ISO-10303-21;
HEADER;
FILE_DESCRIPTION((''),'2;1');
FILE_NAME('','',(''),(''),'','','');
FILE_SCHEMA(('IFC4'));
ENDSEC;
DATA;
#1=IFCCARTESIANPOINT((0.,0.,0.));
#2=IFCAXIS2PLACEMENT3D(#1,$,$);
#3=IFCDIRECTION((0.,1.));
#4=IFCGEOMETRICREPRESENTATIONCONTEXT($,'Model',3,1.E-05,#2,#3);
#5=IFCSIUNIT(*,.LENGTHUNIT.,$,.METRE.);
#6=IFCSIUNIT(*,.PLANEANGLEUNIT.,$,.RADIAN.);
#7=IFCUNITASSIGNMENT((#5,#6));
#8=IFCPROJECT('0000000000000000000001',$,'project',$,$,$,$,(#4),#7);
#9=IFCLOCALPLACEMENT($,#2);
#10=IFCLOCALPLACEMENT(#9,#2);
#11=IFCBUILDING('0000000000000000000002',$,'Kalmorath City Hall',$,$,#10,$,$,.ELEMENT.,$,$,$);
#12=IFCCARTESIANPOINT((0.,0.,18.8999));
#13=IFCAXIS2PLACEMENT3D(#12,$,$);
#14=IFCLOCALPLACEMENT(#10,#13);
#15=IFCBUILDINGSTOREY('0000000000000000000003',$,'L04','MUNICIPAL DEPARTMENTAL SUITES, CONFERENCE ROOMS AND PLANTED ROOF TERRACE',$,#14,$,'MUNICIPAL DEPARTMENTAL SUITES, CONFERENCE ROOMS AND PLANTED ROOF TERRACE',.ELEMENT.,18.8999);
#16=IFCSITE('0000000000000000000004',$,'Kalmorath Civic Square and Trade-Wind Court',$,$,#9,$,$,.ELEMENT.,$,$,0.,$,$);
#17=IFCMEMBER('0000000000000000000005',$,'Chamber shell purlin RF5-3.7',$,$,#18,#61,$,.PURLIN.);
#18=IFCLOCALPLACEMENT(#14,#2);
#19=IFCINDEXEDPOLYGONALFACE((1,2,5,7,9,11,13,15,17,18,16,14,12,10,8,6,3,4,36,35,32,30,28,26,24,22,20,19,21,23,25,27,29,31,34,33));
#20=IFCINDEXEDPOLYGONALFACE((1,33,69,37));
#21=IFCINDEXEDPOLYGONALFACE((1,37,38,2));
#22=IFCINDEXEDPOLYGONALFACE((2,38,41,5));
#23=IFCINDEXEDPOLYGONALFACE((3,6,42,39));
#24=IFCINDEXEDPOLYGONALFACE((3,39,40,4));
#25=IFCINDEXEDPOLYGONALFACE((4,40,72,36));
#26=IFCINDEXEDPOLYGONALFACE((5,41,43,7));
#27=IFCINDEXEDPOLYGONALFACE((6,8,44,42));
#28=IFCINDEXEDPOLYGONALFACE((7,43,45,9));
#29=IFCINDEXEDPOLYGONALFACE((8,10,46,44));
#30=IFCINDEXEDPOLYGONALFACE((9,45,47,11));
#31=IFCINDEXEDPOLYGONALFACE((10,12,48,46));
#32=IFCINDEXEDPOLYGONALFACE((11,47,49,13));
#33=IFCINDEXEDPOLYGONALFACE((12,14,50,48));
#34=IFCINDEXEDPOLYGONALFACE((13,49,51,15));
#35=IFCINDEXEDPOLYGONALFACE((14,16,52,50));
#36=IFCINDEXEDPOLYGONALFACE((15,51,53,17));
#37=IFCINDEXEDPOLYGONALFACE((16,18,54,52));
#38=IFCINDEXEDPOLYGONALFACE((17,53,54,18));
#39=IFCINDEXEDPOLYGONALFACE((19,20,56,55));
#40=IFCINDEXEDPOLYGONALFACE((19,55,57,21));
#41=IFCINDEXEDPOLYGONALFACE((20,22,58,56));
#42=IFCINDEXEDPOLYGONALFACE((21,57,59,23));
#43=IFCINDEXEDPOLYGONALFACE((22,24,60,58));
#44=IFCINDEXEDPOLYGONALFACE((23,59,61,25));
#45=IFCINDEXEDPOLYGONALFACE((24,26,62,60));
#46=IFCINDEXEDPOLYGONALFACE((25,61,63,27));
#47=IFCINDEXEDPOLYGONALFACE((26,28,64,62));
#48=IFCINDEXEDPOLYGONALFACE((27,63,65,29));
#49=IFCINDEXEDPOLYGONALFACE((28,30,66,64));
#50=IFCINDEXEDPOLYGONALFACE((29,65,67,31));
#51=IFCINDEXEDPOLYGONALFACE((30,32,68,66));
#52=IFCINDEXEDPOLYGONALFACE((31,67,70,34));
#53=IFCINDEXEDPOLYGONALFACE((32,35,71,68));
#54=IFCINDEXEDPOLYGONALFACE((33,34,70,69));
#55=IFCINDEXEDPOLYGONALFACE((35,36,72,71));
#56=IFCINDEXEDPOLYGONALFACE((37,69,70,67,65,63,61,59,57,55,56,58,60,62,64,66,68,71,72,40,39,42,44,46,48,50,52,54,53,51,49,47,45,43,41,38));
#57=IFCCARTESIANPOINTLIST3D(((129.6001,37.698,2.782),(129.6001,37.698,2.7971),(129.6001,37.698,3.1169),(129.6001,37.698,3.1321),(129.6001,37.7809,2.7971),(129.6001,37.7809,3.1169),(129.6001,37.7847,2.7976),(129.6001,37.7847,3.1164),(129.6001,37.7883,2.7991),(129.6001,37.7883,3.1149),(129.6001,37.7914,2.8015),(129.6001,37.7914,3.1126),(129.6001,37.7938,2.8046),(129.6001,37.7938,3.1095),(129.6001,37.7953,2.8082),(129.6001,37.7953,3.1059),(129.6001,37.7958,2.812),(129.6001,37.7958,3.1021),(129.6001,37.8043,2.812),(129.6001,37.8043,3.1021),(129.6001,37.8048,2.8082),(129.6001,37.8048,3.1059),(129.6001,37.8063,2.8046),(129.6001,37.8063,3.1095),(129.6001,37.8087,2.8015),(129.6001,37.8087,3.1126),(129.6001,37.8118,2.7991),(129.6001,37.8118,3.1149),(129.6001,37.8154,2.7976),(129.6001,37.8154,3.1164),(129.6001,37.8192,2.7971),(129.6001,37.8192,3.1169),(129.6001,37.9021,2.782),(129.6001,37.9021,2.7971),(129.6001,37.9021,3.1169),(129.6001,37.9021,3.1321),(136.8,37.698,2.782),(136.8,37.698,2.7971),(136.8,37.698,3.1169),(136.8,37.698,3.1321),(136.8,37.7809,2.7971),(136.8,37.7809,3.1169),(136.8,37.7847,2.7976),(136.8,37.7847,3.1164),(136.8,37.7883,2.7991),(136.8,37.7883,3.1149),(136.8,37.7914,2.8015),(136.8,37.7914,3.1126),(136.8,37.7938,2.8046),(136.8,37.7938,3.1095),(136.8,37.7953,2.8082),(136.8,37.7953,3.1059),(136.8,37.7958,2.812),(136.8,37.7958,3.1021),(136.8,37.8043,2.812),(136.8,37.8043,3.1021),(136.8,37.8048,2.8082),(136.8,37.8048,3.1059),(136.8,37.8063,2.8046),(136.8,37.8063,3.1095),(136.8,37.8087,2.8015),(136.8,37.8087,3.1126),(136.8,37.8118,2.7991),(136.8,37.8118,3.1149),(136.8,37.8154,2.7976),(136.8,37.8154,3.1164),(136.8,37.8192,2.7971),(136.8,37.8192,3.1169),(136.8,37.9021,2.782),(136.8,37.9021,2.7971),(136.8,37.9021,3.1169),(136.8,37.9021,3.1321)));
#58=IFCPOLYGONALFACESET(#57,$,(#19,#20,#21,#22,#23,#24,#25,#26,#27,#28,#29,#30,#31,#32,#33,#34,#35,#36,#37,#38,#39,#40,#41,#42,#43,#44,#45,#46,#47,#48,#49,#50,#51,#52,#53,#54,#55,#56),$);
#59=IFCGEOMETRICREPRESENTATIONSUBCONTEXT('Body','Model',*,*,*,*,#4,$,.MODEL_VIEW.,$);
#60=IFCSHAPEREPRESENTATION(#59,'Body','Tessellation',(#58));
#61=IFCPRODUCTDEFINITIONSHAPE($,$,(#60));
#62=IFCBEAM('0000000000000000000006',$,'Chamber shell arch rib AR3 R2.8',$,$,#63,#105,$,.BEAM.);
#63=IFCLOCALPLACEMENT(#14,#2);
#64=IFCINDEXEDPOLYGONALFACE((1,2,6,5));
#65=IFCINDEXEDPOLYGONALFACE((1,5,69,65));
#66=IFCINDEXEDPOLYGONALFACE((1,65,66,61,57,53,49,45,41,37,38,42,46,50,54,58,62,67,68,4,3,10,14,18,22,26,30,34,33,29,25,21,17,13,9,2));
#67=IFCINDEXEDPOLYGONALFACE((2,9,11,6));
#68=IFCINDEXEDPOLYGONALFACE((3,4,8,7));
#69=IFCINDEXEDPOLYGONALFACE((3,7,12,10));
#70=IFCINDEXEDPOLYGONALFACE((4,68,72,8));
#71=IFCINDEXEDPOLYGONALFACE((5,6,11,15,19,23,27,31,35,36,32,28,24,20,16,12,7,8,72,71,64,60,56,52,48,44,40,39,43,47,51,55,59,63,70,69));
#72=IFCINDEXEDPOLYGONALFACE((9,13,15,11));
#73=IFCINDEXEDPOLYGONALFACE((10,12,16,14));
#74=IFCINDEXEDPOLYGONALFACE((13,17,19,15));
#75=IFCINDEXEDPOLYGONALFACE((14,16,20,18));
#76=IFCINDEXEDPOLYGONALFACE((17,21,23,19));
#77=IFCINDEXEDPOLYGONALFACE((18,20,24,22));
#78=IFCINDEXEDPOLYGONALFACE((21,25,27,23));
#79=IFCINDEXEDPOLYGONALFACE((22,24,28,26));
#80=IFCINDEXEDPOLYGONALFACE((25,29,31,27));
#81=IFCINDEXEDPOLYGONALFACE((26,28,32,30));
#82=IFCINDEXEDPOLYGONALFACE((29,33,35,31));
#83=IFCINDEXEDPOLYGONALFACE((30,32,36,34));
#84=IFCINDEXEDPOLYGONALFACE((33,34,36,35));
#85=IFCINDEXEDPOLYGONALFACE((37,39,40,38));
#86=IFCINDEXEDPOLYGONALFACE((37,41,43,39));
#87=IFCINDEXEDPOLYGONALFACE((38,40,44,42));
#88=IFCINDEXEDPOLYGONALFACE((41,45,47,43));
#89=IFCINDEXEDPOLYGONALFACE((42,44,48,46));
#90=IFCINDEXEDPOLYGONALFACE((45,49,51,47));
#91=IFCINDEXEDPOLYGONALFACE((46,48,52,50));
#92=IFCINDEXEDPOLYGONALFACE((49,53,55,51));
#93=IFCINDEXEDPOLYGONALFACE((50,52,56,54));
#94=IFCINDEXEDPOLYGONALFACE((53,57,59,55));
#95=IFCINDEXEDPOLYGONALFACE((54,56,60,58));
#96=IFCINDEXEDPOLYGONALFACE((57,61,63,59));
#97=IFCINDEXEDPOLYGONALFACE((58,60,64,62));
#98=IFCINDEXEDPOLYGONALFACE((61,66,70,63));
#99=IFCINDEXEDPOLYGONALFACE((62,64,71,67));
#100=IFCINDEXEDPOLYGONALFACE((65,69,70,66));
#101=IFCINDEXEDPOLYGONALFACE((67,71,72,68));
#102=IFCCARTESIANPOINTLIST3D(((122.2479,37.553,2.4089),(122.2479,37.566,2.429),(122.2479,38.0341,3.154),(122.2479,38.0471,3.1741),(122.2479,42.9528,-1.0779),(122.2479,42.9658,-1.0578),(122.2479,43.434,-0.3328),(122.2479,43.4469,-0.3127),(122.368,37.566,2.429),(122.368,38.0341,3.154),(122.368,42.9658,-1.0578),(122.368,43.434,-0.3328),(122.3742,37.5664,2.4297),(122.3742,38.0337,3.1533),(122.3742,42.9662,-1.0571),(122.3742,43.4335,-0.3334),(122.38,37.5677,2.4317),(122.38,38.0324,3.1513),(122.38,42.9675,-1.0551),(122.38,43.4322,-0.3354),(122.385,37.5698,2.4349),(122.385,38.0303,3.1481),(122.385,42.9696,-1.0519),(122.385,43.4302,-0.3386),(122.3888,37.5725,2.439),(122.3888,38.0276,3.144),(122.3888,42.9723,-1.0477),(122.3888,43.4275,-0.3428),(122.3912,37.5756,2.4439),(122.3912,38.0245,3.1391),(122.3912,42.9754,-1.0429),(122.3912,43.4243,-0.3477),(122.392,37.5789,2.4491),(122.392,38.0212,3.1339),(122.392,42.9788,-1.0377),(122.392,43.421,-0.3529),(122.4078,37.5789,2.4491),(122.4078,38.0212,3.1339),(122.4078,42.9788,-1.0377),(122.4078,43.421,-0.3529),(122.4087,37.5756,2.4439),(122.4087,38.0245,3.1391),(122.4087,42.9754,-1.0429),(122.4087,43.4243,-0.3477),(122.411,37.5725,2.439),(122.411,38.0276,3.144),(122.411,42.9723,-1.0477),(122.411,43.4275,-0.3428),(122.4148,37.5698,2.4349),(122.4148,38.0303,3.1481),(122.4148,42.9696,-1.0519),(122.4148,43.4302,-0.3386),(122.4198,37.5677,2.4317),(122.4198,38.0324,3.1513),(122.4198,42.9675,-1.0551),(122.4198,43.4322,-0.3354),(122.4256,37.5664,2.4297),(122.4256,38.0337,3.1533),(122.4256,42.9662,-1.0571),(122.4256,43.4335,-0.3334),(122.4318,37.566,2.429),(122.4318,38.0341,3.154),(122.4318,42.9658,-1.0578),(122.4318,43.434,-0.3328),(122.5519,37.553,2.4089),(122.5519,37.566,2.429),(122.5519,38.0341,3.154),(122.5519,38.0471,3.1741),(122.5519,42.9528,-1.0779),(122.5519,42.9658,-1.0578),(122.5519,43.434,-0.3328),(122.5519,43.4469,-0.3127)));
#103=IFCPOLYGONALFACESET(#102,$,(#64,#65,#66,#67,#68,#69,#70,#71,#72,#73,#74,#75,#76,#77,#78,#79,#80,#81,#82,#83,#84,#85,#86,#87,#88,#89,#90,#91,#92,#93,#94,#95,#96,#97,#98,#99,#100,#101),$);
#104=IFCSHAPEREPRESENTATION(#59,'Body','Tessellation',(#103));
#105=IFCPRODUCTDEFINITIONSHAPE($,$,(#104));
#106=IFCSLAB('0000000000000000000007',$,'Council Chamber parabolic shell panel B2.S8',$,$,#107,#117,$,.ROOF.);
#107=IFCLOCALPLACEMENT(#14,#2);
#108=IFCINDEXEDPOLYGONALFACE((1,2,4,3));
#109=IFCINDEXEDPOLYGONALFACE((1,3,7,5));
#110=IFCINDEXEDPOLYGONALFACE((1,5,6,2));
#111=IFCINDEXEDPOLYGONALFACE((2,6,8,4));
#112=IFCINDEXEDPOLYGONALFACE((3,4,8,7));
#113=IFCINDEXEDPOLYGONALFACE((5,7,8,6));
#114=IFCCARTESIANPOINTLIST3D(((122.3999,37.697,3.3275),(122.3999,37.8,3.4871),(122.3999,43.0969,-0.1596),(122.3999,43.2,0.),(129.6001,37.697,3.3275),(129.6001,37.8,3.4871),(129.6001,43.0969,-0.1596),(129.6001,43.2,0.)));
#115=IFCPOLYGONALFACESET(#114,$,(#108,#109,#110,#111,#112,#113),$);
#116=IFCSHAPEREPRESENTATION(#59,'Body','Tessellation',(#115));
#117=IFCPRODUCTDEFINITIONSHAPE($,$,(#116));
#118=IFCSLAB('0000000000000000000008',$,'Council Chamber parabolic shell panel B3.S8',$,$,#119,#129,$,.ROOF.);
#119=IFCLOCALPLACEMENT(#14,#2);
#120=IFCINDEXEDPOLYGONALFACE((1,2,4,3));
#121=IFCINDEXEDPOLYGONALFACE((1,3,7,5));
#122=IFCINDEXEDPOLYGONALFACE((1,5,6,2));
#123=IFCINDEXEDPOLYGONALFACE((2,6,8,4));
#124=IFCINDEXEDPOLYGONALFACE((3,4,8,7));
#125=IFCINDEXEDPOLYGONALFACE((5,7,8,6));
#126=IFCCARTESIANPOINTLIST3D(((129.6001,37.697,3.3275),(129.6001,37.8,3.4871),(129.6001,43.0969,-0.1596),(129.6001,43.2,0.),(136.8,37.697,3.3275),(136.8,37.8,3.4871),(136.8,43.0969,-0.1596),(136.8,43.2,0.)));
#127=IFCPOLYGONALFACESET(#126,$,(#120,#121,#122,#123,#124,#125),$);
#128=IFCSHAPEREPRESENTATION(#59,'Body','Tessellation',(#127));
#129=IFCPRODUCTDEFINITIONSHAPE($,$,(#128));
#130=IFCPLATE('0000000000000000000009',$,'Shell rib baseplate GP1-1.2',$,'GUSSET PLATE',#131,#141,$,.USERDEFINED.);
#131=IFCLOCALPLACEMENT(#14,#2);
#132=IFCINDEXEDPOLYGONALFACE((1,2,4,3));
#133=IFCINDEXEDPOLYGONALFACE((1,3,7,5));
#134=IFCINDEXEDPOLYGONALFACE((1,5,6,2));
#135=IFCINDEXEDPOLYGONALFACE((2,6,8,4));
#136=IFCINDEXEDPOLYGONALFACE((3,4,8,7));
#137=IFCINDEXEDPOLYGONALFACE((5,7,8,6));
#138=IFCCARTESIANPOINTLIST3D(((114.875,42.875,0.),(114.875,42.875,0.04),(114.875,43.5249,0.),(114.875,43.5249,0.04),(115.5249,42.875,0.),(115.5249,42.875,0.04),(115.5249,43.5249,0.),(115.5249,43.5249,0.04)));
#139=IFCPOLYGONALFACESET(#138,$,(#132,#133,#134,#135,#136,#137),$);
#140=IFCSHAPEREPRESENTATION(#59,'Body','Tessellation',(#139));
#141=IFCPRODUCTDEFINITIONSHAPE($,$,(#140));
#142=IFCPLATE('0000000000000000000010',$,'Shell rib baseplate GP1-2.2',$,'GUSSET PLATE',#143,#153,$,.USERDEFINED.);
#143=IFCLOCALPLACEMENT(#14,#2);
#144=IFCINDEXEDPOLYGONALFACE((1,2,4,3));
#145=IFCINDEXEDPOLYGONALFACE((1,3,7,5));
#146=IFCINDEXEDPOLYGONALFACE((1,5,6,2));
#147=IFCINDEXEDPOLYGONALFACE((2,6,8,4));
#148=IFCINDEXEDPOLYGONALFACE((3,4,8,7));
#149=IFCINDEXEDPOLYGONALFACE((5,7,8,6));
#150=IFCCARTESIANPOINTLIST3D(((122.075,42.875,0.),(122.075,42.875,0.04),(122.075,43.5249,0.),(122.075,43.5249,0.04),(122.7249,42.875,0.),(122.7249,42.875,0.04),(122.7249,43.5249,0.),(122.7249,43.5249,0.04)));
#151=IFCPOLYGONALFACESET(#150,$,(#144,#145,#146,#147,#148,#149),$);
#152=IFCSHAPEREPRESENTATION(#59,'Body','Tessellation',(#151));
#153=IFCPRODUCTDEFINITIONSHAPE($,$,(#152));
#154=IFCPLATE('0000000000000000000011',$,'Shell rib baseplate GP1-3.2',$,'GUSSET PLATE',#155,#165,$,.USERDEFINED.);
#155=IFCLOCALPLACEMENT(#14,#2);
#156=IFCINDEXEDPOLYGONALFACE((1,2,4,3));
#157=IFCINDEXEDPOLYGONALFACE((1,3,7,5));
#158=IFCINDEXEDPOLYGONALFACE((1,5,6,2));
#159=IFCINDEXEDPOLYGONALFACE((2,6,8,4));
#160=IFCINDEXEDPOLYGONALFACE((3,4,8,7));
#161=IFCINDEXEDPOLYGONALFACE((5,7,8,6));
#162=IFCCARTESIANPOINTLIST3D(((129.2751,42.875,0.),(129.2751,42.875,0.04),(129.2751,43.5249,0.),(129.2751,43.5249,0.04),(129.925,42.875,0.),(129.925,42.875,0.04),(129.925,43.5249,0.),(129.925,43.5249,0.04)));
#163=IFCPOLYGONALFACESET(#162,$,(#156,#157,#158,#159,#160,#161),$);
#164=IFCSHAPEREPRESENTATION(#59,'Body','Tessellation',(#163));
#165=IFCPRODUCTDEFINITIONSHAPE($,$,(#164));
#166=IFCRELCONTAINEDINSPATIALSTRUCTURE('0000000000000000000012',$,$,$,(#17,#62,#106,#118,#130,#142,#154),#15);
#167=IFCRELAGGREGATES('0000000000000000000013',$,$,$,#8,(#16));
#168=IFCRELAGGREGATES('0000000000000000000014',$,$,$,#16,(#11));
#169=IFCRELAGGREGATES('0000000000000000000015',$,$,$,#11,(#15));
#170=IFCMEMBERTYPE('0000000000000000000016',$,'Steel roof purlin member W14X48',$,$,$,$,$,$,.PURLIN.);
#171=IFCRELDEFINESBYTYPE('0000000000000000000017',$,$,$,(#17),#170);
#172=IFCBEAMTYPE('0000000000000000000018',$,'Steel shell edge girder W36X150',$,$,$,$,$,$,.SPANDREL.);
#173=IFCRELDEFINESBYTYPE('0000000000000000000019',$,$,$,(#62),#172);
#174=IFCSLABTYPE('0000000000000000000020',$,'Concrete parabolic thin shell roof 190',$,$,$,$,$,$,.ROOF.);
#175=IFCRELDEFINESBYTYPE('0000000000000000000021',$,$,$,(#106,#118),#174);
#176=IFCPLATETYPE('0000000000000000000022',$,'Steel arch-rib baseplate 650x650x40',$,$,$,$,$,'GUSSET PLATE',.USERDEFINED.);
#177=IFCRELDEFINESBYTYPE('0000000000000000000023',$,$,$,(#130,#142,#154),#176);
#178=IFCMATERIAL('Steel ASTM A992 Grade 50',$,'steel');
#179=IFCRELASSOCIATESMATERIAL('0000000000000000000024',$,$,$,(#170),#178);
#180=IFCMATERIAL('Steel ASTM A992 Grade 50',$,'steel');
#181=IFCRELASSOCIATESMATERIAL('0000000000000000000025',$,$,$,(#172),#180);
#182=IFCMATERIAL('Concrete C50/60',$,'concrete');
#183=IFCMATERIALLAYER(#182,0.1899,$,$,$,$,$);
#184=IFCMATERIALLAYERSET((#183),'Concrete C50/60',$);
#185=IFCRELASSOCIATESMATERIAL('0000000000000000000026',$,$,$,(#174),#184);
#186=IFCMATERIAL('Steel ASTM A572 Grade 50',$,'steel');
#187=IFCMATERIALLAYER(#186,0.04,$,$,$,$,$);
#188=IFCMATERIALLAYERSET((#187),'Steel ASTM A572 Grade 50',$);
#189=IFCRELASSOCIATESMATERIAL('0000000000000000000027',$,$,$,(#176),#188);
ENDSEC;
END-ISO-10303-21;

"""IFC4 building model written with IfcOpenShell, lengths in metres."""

from ifc_helpers import new_model, si_unit, direction, frame, origin, origin_2d, place, context, subcontext, project, spatial, polyline, rectangle, i_section, outline, extrude, material, layer, layer_set, material_profile, profile_set, type_object, element, save


model = new_model("IFC4")

# Units and contexts
model_context = context("Model", 3, precision=1e-05, world=origin(), true_north=direction((0.0, 1.0)))
body_context = subcontext(model_context, "Body", "Model", "MODEL_VIEW")
ifc_project = project(units=[si_unit("LENGTHUNIT", "METRE"), si_unit("PLANEANGLEUNIT", "RADIAN")], contexts=[model_context])

# Site, building, storey
site_placement = place(None, origin())
site = spatial("IfcSite", under=ifc_project, at=site_placement, Name="Kalmorath Civic Square and Trade-Wind Court", CompositionType="ELEMENT", RefElevation=0.0)
building_placement = place(site_placement, origin())
building = spatial("IfcBuilding", under=site, at=building_placement, Name="Kalmorath City Hall", CompositionType="ELEMENT")
storey_placement = place(building_placement, frame((0.0, 0.0, 18.8999)))
storey = spatial("IfcBuildingStorey", under=building, at=storey_placement, Name="L04", Description="MUNICIPAL DEPARTMENTAL SUITES, CONFERENCE ROOMS AND PLANTED ROOF TERRACE", LongName="MUNICIPAL DEPARTMENTAL SUITES, CONFERENCE ROOMS AND PLANTED ROOF TERRACE", CompositionType="ELEMENT", Elevation=18.8999)

# Member
ifc_material_1 = material(Name="Steel ASTM A992 Grade 50", Category="steel")
ifc_material_profile_1 = material_profile(ifc_material_1, i_section(OverallWidth=0.2041, OverallDepth=0.3501, WebThickness=0.0085, FlangeThickness=0.0151, FilletRadius=0.0149, at=origin_2d()), Name="W14X48")
ifc_profile_set_1 = profile_set([ifc_material_profile_1], Name="Steel ASTM A992 Grade 50")
member_type_1 = type_object("IfcMemberType", Name="Steel roof purlin member W14X48", PredefinedType="PURLIN", material=ifc_profile_set_1)
for number, where, z_axis, x_axis, name in (
    (1, (129.6001, 37.8, 2.957), (1.0, 0.0, 0.0), (0.0, 1.0, 0.0), "Chamber shell purlin RF5-3.7"),
):
    element("IfcMember", number, at=place(storey_placement, frame(where, z_axis=z_axis, x_axis=x_axis)), inside=storey, type_object=member_type_1, Name=name, PredefinedType="PURLIN", context=body_context, shape_type="SweptSolid", body=[
        extrude(i_section(OverallWidth=0.2041, OverallDepth=0.3501, WebThickness=0.0085, FlangeThickness=0.0151, FilletRadius=0.0149, at=origin_2d()), origin(), (0.0, 0.0, 1.0), 7.2),
    ])

# Beam
ifc_material_2 = material(Name="Steel ASTM A992 Grade 50", Category="steel")
ifc_material_profile_2 = material_profile(ifc_material_2, i_section(OverallWidth=0.304, OverallDepth=0.9109, WebThickness=0.0159, FlangeThickness=0.0239, FilletRadius=0.0239, at=origin_2d()), Name="W36X150")
ifc_profile_set_2 = profile_set([ifc_material_profile_2], Name="Steel ASTM A992 Grade 50")
beam_type_1 = type_object("IfcBeamType", Name="Steel shell edge girder W36X150", PredefinedType="SPANDREL", material=ifc_profile_set_2)
beam_1_placement = place(storey_placement, frame((122.3999, 37.8, 2.7915), z_axis=(0.0, 0.840083, -0.542457), x_axis=(-1.0, 0.0, 0.0)))
element("IfcBeam", 2, at=beam_1_placement, inside=storey, type_object=beam_type_1, Name="Chamber shell arch rib AR3 R2.8", PredefinedType="BEAM", context=body_context, shape_type="SweptSolid", body=[
    extrude(i_section(OverallWidth=0.304, OverallDepth=0.9109, WebThickness=0.0159, FlangeThickness=0.0239, FilletRadius=0.0239, at=origin_2d()), origin(), (0.0, 0.0, 1.0), 6.4277),
])

# Slabs
ifc_material_3 = material(Name="Concrete C50/60", Category="concrete")
ifc_layer_1 = layer(ifc_material_3, 0.1899)
ifc_layer_set_1 = layer_set([ifc_layer_1], Name="Concrete C50/60")
slab_type = type_object("IfcSlabType", Name="Concrete parabolic thin shell roof 190", PredefinedType="ROOF", material=ifc_layer_set_1)
slab_1_placement = place(storey_placement, frame((122.3999, 37.8, 3.4871), z_axis=(0.0, 0.542484, 0.840066), x_axis=(1.0, 0.0, 0.0)))
element("IfcSlab", 3, at=slab_1_placement, inside=storey, type_object=slab_type, Name="Council Chamber parabolic shell panel B2.S8", PredefinedType="ROOF", context=body_context, shape_type="SweptSolid", body=[
    extrude(outline(polyline([(0.0, 0.0), (7.2002, 0.0), (7.2002, 6.4279), (0.0, 6.4279), (0.0, 0.0)])), origin(), (0.0, 0.0, -1.0), 0.1899),
])
slab_2_placement = place(storey_placement, frame((129.6001, 37.8, 3.4871), z_axis=(0.0, 0.542484, 0.840066), x_axis=(1.0, 0.0, 0.0)))
element("IfcSlab", 4, at=slab_2_placement, inside=storey, type_object=slab_type, Name="Council Chamber parabolic shell panel B3.S8", PredefinedType="ROOF", context=body_context, shape_type="SweptSolid", body=[
    extrude(outline(polyline([(0.0, 0.0), (7.2, 0.0), (7.2, 6.4279), (0.0, 6.4279), (0.0, 0.0)])), origin(), (0.0, 0.0, -1.0), 0.1899),
])

# Plates
ifc_material_4 = material(Name="Steel ASTM A572 Grade 50", Category="steel")
ifc_layer_2 = layer(ifc_material_4, 0.04)
ifc_layer_set_2 = layer_set([ifc_layer_2], Name="Steel ASTM A572 Grade 50")
plate_type = type_object("IfcPlateType", Name="Steel arch-rib baseplate 650x650x40", ElementType="GUSSET PLATE", PredefinedType="USERDEFINED", material=ifc_layer_set_2)
for number, where, z_axis, x_axis, name in (
    (5, (115.2, 43.2, 0.0), (0.0, 0.0, 1.0), (1.0, 0.0, 0.0), "Shell rib baseplate GP1-1.2"),
    (6, (122.3999, 43.2, 0.0), (0.0, 0.0, 1.0), (1.0, 0.0, 0.0), "Shell rib baseplate GP1-2.2"),
    (7, (129.6001, 43.2, 0.0), (0.0, 0.0, 1.0), (1.0, 0.0, 0.0), "Shell rib baseplate GP1-3.2"),
):
    element("IfcPlate", number, at=place(storey_placement, frame(where, z_axis=z_axis, x_axis=x_axis)), inside=storey, type_object=plate_type, Name=name, ObjectType="GUSSET PLATE", PredefinedType="USERDEFINED", context=body_context, shape_type="SweptSolid", body=[
        extrude(rectangle(XDim=0.6499, YDim=0.6499, at=origin_2d()), origin(), (0.0, 0.0, 1.0), 0.04),
    ])

save(model, "model.ifc")
